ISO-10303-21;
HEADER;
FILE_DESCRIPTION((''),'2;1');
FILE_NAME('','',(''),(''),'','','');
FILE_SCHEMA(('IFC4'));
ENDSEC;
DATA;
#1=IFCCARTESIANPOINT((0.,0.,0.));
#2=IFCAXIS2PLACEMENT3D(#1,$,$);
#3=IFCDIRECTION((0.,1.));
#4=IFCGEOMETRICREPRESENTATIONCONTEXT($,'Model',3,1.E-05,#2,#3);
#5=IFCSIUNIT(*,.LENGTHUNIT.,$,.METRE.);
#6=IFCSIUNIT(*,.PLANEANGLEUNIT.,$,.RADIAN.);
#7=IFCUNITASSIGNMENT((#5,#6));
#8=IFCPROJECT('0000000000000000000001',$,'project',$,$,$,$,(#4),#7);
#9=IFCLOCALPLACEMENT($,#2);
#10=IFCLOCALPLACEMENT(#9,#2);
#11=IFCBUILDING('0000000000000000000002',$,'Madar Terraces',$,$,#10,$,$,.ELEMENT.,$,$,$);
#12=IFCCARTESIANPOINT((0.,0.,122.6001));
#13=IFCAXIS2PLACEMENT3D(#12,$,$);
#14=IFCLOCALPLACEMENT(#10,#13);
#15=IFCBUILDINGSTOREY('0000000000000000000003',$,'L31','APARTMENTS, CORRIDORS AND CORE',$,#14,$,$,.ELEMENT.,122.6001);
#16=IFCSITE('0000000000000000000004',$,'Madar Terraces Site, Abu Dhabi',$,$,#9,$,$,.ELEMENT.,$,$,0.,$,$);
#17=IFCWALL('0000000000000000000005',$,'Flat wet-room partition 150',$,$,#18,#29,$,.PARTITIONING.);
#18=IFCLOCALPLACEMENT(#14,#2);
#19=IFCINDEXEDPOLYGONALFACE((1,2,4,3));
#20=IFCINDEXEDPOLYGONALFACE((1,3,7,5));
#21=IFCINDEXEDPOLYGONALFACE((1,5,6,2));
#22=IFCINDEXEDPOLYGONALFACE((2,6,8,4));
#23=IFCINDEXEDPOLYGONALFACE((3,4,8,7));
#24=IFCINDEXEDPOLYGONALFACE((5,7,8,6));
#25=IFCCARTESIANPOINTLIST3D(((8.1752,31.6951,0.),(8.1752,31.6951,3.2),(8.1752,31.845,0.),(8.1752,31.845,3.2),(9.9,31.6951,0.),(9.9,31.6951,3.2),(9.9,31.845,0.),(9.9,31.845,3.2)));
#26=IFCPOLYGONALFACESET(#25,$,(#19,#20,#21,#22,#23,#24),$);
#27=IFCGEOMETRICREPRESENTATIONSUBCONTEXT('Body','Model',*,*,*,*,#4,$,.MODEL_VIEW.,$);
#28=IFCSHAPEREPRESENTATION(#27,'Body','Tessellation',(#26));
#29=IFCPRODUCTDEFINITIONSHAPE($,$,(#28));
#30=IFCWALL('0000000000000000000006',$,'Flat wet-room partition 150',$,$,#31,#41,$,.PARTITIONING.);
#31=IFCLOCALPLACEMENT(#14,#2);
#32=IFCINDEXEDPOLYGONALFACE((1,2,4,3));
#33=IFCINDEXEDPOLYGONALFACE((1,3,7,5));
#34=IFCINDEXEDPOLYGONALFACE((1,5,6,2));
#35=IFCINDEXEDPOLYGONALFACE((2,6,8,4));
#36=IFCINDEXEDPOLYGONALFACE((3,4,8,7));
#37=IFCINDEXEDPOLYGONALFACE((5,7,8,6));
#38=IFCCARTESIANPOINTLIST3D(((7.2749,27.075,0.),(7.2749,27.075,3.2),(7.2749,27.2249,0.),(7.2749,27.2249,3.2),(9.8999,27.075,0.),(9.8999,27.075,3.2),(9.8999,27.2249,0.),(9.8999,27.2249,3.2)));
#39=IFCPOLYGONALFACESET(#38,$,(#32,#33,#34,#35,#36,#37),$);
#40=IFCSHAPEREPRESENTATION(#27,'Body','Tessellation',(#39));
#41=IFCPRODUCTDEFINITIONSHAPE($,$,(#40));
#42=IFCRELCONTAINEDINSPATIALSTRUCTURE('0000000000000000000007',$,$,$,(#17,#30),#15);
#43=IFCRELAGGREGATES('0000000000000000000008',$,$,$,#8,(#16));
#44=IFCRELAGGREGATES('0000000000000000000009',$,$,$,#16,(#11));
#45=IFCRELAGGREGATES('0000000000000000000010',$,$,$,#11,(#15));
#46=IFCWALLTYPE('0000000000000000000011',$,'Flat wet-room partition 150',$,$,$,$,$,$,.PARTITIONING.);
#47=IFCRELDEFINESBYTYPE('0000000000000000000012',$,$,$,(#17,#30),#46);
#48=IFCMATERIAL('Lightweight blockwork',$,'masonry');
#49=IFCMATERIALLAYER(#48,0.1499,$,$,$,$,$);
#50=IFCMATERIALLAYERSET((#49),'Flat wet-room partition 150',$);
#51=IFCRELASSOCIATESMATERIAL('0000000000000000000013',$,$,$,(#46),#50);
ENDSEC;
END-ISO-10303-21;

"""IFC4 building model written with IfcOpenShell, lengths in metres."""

from ifc_helpers import new_model, si_unit, direction, frame, frame_2d, origin, place, context, subcontext, project, spatial, rectangle, extrude, material, layer, layer_set, type_object, element, save


model = new_model("IFC4")

# Units and contexts
model_context = context("Model", 3, precision=1e-05, world=origin(), true_north=direction((0.0, 1.0)))
body_context = subcontext(model_context, "Body", "Model", "MODEL_VIEW")
ifc_project = project(units=[si_unit("LENGTHUNIT", "METRE"), si_unit("PLANEANGLEUNIT", "RADIAN")], contexts=[model_context])

# Site, building, storey
site_placement = place(None, origin())
site = spatial("IfcSite", under=ifc_project, at=site_placement, Name="Madar Terraces Site, Abu Dhabi", CompositionType="ELEMENT", RefElevation=0.0)
building_placement = place(site_placement, origin())
building = spatial("IfcBuilding", under=site, at=building_placement, Name="Madar Terraces", CompositionType="ELEMENT")
storey_placement = place(building_placement, frame((0.0, 0.0, 122.6001)))
storey = spatial("IfcBuildingStorey", under=building, at=storey_placement, Name="L31", Description="APARTMENTS, CORRIDORS AND CORE", CompositionType="ELEMENT", Elevation=122.6001)

# Walls
ifc_material_1 = material(Name="Lightweight blockwork", Category="masonry")
ifc_layer_1 = layer(ifc_material_1, 0.1499)
ifc_layer_set_1 = layer_set([ifc_layer_1], Name="Flat wet-room partition 150")
wall_type_1 = type_object("IfcWallType", Name="Flat wet-room partition 150", PredefinedType="PARTITIONING", material=ifc_layer_set_1)
wall_1_placement = place(storey_placement, frame((9.8999, 31.77, 0.0), z_axis=(0.0, 0.0, 1.0), x_axis=(-1.0, 0.0, 0.0)))
element("IfcWall", 1, at=wall_1_placement, inside=storey, type_object=wall_type_1, Name="Flat wet-room partition 150", PredefinedType="PARTITIONING", context=body_context, shape_type="SweptSolid", body=[
    extrude(rectangle(XDim=1.7249, YDim=0.1499, at=frame_2d((0.8623, 0.0))), origin(), (0.0, 0.0, 1.0), 3.2),
])
wall_2_placement = place(storey_placement, frame((9.8999, 27.1499, 0.0), z_axis=(0.0, 0.0, 1.0), x_axis=(-1.0, 0.0, 0.0)))
element("IfcWall", 2, at=wall_2_placement, inside=storey, type_object=wall_type_1, Name="Flat wet-room partition 150", PredefinedType="PARTITIONING", context=body_context, shape_type="SweptSolid", body=[
    extrude(rectangle(XDim=2.625, YDim=0.1499, at=frame_2d((1.3125, 0.0))), origin(), (0.0, 0.0, 1.0), 3.2),
])

save(model, "model.ifc")
